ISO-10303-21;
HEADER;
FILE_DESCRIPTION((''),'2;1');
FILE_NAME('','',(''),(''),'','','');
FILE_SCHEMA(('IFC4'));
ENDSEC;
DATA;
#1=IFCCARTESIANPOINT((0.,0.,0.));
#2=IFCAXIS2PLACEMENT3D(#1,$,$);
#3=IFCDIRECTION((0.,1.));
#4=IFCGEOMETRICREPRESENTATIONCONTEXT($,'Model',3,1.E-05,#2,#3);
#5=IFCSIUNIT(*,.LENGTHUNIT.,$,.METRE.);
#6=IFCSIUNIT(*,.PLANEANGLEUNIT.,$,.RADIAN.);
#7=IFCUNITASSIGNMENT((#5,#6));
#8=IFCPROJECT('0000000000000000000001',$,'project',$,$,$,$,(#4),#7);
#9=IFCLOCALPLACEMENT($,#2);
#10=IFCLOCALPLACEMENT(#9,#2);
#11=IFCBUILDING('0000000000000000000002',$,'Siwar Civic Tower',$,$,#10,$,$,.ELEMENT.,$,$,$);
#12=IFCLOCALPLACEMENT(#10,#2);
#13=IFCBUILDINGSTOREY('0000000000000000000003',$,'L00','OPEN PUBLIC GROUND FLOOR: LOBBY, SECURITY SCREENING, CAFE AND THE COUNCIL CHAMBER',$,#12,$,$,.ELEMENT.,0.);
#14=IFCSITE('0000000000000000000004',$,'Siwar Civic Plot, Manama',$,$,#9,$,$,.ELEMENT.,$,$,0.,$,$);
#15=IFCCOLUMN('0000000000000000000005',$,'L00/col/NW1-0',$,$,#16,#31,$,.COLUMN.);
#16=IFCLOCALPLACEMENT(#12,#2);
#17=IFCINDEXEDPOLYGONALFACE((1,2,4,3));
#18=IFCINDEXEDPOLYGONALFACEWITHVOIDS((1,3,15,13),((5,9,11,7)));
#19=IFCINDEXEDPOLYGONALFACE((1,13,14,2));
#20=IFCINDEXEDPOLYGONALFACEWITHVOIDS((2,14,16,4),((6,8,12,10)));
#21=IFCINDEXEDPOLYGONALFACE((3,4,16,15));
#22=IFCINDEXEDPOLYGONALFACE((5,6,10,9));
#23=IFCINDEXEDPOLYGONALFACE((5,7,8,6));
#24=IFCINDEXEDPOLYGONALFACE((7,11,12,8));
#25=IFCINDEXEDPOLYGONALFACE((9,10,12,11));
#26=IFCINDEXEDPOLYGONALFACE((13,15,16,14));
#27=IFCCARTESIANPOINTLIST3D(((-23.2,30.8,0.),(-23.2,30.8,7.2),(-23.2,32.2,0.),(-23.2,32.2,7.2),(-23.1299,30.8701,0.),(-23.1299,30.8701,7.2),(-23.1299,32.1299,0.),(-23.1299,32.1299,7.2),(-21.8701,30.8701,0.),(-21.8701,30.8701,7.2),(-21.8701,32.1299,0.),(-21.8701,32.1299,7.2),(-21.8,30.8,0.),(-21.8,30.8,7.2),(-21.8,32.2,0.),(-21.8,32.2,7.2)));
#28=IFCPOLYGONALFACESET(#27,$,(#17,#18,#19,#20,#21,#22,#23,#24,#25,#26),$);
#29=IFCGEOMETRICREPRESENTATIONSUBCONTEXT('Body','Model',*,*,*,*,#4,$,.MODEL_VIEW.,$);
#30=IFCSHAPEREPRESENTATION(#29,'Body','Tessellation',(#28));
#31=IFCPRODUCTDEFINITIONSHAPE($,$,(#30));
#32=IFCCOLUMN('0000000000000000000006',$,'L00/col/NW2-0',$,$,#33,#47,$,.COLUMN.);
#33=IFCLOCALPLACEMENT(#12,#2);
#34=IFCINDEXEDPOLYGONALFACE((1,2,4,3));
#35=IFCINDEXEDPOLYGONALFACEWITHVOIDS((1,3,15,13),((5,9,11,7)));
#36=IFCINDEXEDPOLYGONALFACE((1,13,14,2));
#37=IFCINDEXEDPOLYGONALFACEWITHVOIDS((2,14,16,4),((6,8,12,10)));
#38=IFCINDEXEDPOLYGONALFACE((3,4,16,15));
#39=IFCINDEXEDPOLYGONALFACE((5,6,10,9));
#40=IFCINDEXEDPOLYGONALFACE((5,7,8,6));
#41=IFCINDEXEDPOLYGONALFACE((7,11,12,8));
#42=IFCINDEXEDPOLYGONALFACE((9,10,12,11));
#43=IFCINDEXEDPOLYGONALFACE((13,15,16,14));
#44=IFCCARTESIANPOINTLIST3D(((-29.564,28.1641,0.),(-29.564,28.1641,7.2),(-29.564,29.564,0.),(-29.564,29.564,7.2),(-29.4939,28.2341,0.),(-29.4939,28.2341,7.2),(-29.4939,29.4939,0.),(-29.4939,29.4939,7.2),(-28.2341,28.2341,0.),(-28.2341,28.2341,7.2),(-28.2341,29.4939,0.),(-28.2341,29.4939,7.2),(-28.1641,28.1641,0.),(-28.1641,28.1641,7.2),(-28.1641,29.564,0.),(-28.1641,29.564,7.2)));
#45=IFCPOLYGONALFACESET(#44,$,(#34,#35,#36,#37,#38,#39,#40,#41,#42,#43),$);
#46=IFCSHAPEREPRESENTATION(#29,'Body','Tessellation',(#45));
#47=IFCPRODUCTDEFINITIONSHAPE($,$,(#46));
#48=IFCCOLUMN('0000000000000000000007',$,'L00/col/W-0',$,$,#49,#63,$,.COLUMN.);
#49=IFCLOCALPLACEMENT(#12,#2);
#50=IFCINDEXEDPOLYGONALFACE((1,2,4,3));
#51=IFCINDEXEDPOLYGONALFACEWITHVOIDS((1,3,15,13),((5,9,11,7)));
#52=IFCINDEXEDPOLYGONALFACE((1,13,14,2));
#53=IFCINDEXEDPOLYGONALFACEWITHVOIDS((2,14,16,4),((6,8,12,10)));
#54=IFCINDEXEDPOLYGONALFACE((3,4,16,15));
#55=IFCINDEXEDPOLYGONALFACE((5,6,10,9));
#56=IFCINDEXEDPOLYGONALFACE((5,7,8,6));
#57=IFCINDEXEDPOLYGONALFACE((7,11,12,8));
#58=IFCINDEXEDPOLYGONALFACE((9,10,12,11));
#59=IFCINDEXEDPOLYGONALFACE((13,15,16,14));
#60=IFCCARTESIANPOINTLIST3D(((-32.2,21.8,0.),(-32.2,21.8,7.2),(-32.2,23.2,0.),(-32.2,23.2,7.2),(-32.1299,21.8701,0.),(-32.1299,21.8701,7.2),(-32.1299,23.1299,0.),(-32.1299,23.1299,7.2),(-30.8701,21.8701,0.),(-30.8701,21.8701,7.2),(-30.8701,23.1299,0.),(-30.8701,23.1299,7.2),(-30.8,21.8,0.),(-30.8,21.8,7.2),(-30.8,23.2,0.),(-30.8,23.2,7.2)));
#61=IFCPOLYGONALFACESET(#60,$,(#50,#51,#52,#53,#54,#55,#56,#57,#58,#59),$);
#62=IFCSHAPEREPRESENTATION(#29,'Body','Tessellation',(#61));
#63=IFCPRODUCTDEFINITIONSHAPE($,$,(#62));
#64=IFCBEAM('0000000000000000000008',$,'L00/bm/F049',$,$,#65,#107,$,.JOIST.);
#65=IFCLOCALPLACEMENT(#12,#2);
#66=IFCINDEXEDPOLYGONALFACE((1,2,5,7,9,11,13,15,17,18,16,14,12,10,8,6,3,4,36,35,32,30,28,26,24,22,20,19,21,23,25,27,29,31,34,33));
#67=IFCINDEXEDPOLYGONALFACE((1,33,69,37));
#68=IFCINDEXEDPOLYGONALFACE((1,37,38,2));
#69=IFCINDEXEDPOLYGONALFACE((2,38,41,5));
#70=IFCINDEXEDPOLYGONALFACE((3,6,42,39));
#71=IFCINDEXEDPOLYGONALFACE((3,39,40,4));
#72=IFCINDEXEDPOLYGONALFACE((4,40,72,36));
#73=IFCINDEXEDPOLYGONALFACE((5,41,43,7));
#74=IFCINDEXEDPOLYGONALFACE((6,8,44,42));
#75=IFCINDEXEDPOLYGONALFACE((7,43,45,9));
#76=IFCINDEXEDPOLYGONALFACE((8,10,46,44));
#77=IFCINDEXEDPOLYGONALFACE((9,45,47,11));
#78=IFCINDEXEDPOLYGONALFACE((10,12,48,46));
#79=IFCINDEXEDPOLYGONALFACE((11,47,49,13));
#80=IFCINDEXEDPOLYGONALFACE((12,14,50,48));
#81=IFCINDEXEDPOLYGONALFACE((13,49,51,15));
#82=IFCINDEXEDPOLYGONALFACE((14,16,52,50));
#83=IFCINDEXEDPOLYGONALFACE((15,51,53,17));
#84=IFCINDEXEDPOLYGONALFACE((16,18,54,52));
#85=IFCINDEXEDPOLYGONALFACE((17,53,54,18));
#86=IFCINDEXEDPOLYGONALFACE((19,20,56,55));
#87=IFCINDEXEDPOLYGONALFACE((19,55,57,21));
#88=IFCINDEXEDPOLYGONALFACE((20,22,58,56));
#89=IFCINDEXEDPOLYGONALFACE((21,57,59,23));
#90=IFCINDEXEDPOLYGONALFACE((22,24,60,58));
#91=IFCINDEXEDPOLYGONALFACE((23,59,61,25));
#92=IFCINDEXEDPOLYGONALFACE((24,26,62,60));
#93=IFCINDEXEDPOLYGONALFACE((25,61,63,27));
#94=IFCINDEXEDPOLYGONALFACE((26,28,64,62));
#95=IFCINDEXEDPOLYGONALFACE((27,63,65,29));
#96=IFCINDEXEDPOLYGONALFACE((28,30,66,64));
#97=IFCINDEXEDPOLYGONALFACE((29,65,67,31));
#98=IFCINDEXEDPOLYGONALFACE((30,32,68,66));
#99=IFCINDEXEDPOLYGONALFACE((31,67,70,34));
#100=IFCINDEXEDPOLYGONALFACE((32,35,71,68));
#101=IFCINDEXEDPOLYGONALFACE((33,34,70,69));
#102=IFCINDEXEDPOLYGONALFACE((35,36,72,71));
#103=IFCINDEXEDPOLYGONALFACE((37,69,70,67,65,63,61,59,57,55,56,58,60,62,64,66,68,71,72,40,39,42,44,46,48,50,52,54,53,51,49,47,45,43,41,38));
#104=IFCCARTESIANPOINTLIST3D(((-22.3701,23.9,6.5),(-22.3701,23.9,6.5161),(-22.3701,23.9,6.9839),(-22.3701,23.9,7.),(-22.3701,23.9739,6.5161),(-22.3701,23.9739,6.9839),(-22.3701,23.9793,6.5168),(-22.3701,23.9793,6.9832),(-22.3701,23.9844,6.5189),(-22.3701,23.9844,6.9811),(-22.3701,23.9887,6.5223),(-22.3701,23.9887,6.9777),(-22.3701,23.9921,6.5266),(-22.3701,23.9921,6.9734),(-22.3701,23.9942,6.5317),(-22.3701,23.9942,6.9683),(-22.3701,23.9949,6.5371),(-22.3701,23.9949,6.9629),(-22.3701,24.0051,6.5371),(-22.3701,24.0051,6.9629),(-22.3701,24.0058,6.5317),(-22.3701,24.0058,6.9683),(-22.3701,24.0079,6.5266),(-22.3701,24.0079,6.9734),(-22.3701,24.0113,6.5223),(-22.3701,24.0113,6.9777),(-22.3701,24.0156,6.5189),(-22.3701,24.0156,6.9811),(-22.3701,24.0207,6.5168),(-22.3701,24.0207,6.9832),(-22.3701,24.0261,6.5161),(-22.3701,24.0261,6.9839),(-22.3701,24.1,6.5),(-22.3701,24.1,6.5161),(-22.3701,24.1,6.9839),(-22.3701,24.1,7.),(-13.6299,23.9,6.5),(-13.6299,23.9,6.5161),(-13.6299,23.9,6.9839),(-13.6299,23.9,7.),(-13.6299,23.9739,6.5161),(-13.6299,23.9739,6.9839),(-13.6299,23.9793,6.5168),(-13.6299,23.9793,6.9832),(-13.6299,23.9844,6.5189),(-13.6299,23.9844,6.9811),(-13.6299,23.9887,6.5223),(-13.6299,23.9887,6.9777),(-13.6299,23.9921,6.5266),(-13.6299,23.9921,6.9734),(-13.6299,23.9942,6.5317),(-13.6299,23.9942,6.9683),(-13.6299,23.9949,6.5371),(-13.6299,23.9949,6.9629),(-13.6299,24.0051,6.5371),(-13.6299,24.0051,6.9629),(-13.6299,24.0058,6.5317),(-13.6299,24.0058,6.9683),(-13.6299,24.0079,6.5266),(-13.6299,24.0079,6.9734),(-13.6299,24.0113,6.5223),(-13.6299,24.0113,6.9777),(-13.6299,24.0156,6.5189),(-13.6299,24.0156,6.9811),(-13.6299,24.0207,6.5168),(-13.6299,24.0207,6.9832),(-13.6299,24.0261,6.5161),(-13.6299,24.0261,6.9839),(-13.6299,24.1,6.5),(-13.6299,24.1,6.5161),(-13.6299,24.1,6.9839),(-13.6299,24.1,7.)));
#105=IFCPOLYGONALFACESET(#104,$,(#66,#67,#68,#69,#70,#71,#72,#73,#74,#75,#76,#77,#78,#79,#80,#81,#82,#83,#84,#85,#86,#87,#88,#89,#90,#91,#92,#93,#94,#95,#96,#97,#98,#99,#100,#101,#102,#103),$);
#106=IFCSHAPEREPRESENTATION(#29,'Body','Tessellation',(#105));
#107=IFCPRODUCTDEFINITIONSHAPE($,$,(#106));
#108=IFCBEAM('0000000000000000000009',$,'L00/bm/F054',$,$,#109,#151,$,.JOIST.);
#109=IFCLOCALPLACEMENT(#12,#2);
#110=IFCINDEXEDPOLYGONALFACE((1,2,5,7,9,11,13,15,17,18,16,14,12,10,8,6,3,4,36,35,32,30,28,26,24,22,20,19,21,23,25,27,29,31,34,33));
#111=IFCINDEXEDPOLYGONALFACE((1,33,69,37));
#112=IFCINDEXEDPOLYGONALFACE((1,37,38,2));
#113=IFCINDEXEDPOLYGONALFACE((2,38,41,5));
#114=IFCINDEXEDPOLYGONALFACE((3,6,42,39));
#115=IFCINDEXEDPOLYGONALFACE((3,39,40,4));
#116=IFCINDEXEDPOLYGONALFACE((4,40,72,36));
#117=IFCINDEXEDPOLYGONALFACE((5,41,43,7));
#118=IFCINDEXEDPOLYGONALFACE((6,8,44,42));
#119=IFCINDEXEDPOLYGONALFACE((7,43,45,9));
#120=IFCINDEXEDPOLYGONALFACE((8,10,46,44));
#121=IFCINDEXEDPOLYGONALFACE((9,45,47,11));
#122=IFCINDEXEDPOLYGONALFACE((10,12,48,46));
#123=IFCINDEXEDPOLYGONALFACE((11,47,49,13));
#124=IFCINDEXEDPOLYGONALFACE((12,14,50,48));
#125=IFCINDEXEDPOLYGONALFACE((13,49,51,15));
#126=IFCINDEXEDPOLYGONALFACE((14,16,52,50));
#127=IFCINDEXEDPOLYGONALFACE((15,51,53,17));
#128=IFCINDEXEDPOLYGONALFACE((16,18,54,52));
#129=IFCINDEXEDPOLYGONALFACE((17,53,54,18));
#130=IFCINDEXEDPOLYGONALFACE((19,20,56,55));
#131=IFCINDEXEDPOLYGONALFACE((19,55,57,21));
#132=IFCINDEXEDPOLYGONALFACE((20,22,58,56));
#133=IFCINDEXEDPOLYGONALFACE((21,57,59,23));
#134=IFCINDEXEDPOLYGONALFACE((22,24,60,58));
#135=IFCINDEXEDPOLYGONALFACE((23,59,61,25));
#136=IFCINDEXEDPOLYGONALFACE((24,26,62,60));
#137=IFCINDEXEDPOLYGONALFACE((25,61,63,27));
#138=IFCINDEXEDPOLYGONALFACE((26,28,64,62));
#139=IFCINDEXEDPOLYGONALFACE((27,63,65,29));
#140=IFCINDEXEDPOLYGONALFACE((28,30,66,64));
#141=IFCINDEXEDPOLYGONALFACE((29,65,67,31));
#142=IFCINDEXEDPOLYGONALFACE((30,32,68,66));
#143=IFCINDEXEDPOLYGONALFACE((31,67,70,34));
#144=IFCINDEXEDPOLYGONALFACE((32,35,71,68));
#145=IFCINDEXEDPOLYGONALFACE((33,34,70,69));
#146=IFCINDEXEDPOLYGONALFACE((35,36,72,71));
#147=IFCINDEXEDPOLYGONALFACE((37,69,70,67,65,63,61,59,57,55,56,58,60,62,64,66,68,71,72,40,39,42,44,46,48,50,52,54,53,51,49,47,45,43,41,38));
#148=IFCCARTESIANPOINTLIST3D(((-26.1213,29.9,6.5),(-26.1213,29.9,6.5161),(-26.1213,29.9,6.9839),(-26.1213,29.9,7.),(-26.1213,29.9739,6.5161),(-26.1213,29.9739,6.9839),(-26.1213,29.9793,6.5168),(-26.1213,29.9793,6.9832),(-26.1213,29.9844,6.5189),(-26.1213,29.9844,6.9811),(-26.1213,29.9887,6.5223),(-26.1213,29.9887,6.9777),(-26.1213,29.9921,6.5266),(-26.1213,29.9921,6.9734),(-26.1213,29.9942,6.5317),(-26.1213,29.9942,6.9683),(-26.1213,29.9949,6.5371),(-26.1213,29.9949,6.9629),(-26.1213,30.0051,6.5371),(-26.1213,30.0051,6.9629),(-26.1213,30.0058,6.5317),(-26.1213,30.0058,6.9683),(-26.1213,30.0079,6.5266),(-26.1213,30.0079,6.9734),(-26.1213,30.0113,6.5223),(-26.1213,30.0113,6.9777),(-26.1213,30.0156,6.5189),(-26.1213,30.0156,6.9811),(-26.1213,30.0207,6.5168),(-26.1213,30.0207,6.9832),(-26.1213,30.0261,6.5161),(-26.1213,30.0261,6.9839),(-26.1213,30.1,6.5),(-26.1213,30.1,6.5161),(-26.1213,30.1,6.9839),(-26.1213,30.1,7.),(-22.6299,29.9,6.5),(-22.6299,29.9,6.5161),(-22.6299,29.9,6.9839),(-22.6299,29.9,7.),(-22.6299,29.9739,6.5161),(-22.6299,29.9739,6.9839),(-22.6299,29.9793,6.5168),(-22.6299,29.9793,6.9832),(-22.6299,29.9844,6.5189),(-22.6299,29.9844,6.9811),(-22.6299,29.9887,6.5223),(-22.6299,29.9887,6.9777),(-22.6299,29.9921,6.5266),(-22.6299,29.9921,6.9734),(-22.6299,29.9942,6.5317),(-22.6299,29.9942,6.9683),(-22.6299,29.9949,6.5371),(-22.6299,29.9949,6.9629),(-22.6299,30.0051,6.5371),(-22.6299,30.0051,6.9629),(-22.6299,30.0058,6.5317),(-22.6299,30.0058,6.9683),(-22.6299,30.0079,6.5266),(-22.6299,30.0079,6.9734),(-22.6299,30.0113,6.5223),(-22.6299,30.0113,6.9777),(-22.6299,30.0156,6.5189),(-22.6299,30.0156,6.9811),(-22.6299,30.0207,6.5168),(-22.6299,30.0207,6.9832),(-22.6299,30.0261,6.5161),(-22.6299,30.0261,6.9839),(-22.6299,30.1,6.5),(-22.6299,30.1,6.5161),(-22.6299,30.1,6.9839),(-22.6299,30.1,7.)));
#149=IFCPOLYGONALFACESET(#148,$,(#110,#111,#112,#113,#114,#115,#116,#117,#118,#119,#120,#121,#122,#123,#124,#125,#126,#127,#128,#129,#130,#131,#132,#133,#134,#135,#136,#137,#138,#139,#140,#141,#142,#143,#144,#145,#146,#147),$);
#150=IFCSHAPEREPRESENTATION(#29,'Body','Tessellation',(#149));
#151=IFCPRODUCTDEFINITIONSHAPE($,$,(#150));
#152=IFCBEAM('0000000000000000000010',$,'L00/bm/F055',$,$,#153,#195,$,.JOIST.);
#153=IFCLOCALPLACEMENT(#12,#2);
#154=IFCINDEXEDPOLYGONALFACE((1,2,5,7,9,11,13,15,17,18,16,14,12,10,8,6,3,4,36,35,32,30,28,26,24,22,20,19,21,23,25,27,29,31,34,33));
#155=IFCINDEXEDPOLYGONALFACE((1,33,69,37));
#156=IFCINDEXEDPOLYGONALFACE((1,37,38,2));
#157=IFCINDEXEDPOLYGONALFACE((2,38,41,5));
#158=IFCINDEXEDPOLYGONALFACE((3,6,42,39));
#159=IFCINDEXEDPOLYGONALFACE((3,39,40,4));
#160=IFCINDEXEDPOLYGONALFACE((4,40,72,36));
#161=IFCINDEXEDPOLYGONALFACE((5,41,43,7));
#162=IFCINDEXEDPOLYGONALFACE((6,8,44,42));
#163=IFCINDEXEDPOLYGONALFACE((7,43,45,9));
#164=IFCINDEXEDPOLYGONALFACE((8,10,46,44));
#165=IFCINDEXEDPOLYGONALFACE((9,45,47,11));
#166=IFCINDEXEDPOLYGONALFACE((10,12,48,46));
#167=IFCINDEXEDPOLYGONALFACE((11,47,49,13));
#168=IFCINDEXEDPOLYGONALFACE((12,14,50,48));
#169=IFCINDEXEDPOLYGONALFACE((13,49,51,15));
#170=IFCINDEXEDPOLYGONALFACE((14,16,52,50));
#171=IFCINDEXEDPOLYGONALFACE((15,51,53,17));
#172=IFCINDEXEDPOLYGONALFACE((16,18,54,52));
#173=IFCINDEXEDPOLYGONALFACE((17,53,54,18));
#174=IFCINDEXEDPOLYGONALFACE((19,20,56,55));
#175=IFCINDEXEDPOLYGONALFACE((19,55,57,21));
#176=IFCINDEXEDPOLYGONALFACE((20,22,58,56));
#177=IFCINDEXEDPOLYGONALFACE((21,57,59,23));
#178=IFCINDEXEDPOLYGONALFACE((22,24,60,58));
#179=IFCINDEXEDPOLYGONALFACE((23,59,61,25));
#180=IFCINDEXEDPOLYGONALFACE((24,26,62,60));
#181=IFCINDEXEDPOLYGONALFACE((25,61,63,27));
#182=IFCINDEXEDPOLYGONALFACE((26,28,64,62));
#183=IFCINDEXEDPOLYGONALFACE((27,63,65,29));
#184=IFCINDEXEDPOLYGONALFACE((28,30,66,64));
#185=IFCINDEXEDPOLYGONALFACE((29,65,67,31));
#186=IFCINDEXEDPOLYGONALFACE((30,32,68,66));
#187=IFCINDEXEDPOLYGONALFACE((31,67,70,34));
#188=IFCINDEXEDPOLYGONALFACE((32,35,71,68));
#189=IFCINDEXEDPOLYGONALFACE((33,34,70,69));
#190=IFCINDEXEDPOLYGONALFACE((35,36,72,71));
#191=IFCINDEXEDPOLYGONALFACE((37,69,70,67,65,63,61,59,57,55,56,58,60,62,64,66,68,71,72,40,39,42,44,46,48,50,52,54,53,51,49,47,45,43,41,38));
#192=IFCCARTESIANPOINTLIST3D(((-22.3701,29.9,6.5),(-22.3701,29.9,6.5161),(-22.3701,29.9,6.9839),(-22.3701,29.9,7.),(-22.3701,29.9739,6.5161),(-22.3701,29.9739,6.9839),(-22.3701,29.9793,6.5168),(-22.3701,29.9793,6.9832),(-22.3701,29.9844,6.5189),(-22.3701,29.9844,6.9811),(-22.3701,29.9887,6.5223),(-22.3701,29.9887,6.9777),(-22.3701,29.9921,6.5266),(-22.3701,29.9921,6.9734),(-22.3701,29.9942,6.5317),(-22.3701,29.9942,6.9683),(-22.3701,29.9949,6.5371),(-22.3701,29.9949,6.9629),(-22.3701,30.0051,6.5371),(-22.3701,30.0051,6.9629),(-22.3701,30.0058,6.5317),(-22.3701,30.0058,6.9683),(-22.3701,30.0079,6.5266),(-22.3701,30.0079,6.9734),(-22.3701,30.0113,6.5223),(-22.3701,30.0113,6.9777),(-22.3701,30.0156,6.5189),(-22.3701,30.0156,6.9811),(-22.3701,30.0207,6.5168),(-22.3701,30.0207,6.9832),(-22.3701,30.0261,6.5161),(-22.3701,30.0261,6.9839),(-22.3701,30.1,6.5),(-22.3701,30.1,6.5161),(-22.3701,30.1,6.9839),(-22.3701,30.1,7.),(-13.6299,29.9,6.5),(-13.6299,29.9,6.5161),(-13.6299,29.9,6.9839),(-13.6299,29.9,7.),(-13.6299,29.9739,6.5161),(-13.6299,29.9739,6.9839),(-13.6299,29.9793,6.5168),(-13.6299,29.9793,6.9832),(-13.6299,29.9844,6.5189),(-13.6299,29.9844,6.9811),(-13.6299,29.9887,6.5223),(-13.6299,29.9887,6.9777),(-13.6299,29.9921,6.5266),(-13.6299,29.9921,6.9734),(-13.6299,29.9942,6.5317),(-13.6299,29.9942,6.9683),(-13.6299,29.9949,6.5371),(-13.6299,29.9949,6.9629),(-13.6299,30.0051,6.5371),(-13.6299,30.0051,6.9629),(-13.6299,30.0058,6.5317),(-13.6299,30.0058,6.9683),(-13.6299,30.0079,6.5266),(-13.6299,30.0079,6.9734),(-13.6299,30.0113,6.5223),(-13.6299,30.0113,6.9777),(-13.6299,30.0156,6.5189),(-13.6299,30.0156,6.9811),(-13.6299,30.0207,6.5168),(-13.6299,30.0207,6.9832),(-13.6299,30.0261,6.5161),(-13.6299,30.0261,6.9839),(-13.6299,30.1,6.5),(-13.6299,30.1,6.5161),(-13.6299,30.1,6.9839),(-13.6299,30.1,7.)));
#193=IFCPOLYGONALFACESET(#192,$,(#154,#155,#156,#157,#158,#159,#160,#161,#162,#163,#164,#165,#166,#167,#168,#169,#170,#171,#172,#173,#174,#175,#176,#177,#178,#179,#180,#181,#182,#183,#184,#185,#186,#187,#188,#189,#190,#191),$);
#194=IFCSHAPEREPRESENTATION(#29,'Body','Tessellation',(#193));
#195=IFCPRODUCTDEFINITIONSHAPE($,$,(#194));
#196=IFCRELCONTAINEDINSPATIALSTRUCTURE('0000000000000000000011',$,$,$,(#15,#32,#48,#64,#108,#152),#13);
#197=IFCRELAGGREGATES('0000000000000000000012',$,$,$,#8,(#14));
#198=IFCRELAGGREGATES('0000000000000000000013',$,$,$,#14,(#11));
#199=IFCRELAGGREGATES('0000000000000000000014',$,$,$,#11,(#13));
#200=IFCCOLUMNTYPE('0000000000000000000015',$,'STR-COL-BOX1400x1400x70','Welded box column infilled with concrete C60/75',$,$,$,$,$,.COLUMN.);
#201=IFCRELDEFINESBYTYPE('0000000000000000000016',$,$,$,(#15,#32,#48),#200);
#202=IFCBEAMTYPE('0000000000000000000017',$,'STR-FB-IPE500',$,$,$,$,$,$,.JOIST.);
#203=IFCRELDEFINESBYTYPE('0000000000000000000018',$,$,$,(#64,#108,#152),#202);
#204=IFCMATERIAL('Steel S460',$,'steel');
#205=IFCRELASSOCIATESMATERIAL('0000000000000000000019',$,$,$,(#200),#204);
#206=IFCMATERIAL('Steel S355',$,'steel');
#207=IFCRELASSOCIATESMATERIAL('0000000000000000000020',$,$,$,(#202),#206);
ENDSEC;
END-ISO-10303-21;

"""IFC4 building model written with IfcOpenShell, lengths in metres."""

from ifc_helpers import new_model, si_unit, direction, frame, origin, origin_2d, place, context, subcontext, project, spatial, hollow_rectangle, i_section, extrude, material, material_profile, profile_set, type_object, element, save


model = new_model("IFC4")

# Units and contexts
model_context = context("Model", 3, precision=1e-05, world=origin(), true_north=direction((0.0, 1.0)))
body_context = subcontext(model_context, "Body", "Model", "MODEL_VIEW")
ifc_project = project(units=[si_unit("LENGTHUNIT", "METRE"), si_unit("PLANEANGLEUNIT", "RADIAN")], contexts=[model_context])

# Site, building, storey
site_placement = place(None, origin())
site = spatial("IfcSite", under=ifc_project, at=site_placement, Name="Siwar Civic Plot, Manama", CompositionType="ELEMENT", RefElevation=0.0)
building_placement = place(site_placement, origin())
building = spatial("IfcBuilding", under=site, at=building_placement, Name="Siwar Civic Tower", CompositionType="ELEMENT")
storey_placement = place(building_placement, origin())
storey = spatial("IfcBuildingStorey", under=building, at=storey_placement, Name="L00", Description="OPEN PUBLIC GROUND FLOOR: LOBBY, SECURITY SCREENING, CAFE AND THE COUNCIL CHAMBER", CompositionType="ELEMENT", Elevation=0.0)

# Columns
ifc_material_1 = material(Name="Steel S460", Category="steel")
ifc_material_profile_1 = material_profile(ifc_material_1, hollow_rectangle(XDim=1.3999, YDim=1.3999, WallThickness=0.0701, at=origin_2d()), Name="BOX1400x1400x70")
ifc_profile_set_1 = profile_set([ifc_material_profile_1], Name="Steel S460")
column_type = type_object("IfcColumnType", Name="STR-COL-BOX1400x1400x70", Description="Welded box column infilled with concrete C60/75", PredefinedType="COLUMN", material=ifc_profile_set_1)
for number, where, z_axis, x_axis, name in (
    (1, (-22.5, 31.5, 0.0), (0.0, 0.0, 1.0), (1.0, 0.0, 0.0), "L00/col/NW1-0"),
    (2, (-28.864, 28.864, 0.0), (0.0, 0.0, 1.0), (1.0, 0.0, 0.0), "L00/col/NW2-0"),
    (3, (-31.5, 22.5, 0.0), (0.0, 0.0, 1.0), (1.0, 0.0, 0.0), "L00/col/W-0"),
):
    element("IfcColumn", number, at=place(storey_placement, frame(where, z_axis=z_axis, x_axis=x_axis)), inside=storey, type_object=column_type, Name=name, PredefinedType="COLUMN", context=body_context, shape_type="SweptSolid", body=[
        extrude(hollow_rectangle(XDim=1.3999, YDim=1.3999, WallThickness=0.0701, at=origin_2d()), origin(), (0.0, 0.0, 1.0), 7.2),
    ])

# Beams
ifc_material_2 = material(Name="Steel S355", Category="steel")
ifc_material_profile_2 = material_profile(ifc_material_2, i_section(OverallWidth=0.2, OverallDepth=0.5, WebThickness=0.0103, FlangeThickness=0.0161, FilletRadius=0.021, at=origin_2d()), Name="IPE500")
ifc_profile_set_2 = profile_set([ifc_material_profile_2], Name="Steel S355")
beam_type_1 = type_object("IfcBeamType", Name="STR-FB-IPE500", PredefinedType="JOIST", material=ifc_profile_set_2)
beam_1_placement = place(storey_placement, frame((-22.3701, 24.0, 6.75), z_axis=(1.0, 0.0, 0.0), x_axis=(0.0, 1.0, 0.0)))
element("IfcBeam", 4, at=beam_1_placement, inside=storey, type_object=beam_type_1, Name="L00/bm/F049", PredefinedType="JOIST", context=body_context, shape_type="SweptSolid", body=[
    extrude(i_section(OverallWidth=0.2, OverallDepth=0.5, WebThickness=0.0103, FlangeThickness=0.0161, FilletRadius=0.021, at=origin_2d()), origin(), (0.0, 0.0, 1.0), 8.7402),
])
beam_2_placement = place(storey_placement, frame((-26.1213, 30.0, 6.75), z_axis=(1.0, 0.0, 0.0), x_axis=(0.0, 1.0, 0.0)))
element("IfcBeam", 5, at=beam_2_placement, inside=storey, type_object=beam_type_1, Name="L00/bm/F054", PredefinedType="JOIST", context=body_context, shape_type="SweptSolid", body=[
    extrude(i_section(OverallWidth=0.2, OverallDepth=0.5, WebThickness=0.0103, FlangeThickness=0.0161, FilletRadius=0.021, at=origin_2d()), origin(), (0.0, 0.0, 1.0), 3.4915),
])
beam_3_placement = place(storey_placement, frame((-22.3701, 30.0, 6.75), z_axis=(1.0, 0.0, 0.0), x_axis=(0.0, 1.0, 0.0)))
element("IfcBeam", 6, at=beam_3_placement, inside=storey, type_object=beam_type_1, Name="L00/bm/F055", PredefinedType="JOIST", context=body_context, shape_type="SweptSolid", body=[
    extrude(i_section(OverallWidth=0.2, OverallDepth=0.5, WebThickness=0.0103, FlangeThickness=0.0161, FilletRadius=0.021, at=origin_2d()), origin(), (0.0, 0.0, 1.0), 8.7402),
])

save(model, "model.ifc")
